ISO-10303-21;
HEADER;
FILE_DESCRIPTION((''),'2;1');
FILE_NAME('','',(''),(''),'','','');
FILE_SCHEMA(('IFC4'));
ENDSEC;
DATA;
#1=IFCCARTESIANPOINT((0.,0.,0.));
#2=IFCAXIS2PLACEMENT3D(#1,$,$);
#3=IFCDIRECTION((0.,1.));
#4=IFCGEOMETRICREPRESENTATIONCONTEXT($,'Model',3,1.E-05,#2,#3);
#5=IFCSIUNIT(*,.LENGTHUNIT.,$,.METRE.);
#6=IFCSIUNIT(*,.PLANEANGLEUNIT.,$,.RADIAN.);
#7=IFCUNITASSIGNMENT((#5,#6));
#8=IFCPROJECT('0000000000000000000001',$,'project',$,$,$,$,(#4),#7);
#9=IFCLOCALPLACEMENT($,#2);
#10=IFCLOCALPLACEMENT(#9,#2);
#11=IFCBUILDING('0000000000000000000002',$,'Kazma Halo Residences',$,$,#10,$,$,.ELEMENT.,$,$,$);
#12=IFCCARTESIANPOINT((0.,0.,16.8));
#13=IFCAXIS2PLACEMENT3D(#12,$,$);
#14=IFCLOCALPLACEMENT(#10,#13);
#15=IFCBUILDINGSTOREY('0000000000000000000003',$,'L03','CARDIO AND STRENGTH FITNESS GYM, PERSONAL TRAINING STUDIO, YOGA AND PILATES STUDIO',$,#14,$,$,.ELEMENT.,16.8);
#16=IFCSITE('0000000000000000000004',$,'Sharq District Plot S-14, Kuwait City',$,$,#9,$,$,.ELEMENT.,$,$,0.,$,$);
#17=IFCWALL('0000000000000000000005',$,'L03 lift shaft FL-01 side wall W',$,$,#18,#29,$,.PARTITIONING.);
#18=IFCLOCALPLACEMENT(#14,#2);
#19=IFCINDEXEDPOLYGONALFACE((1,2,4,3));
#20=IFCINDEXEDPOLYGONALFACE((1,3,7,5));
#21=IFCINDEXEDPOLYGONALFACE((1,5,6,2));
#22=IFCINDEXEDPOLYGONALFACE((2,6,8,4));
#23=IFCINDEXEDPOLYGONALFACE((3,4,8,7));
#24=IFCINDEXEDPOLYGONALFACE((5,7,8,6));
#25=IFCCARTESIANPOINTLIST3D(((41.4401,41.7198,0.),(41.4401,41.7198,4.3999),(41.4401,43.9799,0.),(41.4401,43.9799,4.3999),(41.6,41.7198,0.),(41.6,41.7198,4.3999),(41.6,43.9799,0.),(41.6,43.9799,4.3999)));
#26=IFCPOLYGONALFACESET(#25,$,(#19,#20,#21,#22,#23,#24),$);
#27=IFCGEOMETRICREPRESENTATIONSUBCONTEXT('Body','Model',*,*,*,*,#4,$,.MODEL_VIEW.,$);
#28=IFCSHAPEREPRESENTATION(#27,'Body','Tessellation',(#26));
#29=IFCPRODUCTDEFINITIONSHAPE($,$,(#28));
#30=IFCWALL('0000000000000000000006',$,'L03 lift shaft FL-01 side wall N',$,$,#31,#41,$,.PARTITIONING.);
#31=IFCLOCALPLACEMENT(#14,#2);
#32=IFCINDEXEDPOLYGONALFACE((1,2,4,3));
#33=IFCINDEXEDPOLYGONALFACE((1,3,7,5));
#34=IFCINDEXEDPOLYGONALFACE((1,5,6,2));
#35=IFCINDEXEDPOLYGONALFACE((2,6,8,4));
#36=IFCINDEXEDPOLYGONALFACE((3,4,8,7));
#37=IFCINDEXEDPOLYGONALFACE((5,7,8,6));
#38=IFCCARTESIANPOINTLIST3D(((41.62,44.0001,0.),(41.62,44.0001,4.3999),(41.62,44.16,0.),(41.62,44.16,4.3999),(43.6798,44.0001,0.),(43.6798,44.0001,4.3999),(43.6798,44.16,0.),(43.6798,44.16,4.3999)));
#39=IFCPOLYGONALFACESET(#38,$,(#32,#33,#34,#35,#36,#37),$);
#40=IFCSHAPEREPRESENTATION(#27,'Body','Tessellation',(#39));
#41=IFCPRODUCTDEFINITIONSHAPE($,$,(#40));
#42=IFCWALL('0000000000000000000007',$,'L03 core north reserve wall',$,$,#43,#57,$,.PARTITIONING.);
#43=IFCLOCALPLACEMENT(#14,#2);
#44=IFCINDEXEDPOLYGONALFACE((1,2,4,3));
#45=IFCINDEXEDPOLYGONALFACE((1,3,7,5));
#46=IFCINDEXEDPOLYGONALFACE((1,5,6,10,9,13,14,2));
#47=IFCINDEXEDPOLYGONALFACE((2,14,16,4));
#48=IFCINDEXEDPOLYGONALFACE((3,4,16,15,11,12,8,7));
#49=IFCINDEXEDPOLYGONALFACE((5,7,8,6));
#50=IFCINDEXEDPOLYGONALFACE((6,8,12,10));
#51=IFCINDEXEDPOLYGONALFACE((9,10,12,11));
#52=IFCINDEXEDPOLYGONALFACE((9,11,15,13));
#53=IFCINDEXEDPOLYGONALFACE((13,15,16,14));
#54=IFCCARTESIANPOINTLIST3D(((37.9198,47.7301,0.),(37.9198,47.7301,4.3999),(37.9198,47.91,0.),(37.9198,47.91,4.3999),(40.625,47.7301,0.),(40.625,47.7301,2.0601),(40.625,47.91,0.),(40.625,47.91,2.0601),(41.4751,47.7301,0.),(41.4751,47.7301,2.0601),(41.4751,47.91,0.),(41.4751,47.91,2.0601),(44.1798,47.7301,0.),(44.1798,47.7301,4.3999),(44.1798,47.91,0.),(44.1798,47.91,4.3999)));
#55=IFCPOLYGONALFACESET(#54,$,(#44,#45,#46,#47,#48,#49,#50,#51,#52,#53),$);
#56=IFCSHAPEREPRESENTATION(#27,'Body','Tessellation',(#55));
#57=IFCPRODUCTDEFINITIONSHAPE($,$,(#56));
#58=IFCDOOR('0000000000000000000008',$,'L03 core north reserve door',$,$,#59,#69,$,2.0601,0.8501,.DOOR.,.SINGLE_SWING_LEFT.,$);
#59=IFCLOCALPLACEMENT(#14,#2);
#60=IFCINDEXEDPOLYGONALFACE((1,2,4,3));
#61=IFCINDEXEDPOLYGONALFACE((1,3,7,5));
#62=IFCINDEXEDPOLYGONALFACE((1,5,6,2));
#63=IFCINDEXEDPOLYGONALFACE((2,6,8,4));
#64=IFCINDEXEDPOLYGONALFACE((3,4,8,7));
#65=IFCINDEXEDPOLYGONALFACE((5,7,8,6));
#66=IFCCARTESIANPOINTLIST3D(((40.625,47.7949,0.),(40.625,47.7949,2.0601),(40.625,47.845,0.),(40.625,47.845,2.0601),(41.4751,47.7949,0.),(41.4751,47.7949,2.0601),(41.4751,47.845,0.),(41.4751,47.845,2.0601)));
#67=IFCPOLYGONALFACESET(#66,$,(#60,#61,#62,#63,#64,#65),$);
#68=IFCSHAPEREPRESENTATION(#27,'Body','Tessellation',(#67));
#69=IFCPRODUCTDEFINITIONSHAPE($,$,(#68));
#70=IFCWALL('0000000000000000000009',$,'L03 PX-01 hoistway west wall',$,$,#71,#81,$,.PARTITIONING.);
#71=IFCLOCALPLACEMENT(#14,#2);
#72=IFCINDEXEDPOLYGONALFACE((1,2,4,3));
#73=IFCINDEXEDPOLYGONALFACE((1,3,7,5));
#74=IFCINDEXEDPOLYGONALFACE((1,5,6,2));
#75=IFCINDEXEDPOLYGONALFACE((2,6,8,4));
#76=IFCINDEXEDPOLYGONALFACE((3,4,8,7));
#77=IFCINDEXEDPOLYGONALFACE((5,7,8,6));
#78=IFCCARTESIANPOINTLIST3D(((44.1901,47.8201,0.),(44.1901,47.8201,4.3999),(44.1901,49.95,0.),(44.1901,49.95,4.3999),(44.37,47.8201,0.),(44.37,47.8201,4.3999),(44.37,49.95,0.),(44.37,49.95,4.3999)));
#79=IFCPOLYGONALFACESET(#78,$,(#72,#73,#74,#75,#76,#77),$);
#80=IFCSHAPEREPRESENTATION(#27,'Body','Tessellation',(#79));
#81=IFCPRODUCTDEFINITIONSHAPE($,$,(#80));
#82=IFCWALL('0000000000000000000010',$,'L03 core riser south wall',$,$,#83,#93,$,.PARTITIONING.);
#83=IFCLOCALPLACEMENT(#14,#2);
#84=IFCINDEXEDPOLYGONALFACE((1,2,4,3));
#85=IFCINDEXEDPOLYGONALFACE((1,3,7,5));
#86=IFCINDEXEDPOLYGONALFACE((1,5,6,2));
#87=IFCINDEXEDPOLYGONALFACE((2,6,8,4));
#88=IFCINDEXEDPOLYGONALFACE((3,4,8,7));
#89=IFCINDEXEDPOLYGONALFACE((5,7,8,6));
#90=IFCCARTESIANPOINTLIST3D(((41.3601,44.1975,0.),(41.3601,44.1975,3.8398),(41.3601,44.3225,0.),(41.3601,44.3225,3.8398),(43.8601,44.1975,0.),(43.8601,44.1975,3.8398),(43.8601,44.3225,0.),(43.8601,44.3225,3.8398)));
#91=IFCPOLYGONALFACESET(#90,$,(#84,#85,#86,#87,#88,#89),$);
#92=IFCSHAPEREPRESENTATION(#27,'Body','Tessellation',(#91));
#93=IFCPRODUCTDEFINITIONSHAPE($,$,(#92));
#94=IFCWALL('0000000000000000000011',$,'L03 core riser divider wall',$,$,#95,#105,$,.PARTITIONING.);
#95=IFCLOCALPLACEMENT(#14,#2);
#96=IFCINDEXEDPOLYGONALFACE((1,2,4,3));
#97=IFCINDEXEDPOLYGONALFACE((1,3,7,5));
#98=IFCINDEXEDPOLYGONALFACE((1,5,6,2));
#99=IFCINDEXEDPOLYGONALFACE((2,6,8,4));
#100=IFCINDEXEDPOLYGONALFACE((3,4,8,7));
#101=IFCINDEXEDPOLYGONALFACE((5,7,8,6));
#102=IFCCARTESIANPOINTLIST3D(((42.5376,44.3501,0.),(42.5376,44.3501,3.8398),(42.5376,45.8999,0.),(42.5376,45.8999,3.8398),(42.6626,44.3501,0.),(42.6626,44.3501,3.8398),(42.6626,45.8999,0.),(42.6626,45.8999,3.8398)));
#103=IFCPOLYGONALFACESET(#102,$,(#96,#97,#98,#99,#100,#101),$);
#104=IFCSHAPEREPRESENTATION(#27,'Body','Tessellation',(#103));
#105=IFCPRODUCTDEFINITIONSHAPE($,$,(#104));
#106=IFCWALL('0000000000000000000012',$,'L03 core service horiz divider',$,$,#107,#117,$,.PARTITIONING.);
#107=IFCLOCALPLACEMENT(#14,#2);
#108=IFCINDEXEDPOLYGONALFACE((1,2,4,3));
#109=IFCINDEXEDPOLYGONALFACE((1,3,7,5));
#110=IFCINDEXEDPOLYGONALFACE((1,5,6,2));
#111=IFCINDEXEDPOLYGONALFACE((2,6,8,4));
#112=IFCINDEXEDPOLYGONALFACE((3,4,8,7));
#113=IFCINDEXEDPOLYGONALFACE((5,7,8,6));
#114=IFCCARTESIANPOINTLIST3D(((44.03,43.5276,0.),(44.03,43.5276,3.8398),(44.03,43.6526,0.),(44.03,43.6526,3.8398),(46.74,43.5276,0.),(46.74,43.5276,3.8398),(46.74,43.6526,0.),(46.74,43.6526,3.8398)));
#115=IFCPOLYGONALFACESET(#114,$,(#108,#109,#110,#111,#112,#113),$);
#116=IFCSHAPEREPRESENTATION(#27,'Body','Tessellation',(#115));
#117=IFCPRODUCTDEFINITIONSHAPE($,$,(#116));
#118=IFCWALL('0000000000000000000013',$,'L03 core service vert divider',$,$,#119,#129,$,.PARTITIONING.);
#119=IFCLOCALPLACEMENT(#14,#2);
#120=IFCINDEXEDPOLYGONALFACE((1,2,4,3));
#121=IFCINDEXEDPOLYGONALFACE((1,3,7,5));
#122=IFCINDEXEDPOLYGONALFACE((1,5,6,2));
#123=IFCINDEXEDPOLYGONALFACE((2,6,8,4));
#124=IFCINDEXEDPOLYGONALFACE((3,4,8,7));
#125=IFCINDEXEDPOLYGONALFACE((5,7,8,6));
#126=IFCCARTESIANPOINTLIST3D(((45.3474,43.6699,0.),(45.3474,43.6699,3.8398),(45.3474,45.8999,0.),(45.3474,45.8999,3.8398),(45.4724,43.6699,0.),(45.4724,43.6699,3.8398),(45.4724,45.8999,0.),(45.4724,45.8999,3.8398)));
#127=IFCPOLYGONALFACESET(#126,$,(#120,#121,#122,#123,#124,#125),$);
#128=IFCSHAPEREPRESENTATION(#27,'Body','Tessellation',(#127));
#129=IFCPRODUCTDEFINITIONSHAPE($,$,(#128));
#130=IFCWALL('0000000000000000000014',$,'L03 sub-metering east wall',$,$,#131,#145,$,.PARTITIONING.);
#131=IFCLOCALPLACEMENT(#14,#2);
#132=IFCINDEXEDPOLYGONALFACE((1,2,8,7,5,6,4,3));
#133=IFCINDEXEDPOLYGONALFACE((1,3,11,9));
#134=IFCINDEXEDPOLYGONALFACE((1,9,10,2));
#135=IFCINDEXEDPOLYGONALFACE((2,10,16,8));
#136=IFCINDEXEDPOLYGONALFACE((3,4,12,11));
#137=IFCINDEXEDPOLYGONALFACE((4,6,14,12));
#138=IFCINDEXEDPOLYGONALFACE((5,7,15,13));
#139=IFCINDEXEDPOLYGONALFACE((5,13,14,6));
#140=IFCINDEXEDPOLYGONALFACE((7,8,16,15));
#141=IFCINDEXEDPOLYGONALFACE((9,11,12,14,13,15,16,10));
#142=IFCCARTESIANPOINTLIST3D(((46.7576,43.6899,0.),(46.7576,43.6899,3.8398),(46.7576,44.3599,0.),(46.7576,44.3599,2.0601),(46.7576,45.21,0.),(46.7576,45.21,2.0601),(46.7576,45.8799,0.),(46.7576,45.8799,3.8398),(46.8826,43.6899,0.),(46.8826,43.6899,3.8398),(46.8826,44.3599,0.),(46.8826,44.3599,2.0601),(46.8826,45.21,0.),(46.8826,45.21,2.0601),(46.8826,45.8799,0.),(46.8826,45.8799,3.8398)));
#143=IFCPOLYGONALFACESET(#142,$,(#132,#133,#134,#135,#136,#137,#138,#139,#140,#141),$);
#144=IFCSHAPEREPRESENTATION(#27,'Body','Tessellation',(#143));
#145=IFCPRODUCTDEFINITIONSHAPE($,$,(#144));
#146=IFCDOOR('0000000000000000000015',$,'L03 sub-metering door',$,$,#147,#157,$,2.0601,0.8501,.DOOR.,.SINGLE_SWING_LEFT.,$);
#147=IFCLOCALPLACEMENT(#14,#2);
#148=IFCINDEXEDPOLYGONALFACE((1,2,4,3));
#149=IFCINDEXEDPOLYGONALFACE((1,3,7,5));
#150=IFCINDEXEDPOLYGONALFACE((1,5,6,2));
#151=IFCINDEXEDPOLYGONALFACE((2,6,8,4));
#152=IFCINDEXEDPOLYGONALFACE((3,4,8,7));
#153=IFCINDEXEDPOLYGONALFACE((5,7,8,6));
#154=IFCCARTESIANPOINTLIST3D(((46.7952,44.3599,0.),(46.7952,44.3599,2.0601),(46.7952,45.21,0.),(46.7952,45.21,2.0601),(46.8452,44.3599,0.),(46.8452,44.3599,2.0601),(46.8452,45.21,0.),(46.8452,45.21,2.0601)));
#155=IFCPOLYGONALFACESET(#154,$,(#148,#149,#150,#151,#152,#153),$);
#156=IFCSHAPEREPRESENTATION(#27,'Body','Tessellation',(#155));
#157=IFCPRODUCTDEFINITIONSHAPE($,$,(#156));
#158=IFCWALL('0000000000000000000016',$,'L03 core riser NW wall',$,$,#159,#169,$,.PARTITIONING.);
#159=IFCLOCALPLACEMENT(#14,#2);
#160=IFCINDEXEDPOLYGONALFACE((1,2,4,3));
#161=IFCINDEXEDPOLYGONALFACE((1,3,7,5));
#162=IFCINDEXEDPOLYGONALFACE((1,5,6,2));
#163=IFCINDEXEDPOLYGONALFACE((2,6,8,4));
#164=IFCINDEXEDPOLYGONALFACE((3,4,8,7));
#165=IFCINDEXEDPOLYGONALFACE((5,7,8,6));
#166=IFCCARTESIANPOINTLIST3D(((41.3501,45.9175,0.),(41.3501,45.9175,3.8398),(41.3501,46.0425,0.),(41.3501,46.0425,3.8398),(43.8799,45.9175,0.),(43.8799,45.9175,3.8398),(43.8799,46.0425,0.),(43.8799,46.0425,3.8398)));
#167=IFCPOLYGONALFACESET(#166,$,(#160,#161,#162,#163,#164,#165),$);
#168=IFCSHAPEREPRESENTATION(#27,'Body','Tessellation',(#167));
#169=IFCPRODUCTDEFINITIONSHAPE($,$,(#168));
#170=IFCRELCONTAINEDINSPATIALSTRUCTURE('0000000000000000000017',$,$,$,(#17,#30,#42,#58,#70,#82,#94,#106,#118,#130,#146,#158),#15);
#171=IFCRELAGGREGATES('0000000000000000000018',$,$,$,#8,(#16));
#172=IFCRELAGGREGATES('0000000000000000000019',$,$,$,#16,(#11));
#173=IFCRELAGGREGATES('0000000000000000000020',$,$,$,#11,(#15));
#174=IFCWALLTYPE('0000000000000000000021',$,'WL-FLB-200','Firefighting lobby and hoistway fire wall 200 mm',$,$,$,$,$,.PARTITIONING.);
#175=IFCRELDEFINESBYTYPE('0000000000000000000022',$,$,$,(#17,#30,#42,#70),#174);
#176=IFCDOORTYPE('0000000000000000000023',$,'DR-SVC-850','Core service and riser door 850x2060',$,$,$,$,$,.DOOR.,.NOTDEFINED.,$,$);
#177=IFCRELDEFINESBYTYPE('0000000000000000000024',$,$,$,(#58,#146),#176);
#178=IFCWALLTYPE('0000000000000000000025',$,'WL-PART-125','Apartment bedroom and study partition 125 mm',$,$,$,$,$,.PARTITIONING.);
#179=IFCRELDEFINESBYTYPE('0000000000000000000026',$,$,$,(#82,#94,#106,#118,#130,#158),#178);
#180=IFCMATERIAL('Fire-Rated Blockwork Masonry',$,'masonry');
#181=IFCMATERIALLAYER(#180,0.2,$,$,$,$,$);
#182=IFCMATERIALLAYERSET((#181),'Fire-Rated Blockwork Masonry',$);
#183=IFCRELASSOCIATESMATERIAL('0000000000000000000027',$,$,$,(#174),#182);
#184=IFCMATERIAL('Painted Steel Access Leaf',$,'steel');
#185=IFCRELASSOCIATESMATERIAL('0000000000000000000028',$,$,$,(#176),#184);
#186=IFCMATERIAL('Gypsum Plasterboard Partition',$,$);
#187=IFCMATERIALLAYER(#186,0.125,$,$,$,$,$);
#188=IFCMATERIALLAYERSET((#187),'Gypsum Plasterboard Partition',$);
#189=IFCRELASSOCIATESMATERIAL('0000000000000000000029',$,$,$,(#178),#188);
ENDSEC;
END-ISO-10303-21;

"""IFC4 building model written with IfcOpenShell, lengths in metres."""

from ifc_helpers import new_model, si_unit, direction, frame, frame_2d, origin, place, context, subcontext, project, spatial, rectangle, extrude, material, layer, layer_set, type_object, element, fill, save


model = new_model("IFC4")

# Units and contexts
model_context = context("Model", 3, precision=1e-05, world=origin(), true_north=direction((0.0, 1.0)))
body_context = subcontext(model_context, "Body", "Model", "MODEL_VIEW")
ifc_project = project(units=[si_unit("LENGTHUNIT", "METRE"), si_unit("PLANEANGLEUNIT", "RADIAN")], contexts=[model_context])

# Site, building, storey
site_placement = place(None, origin())
site = spatial("IfcSite", under=ifc_project, at=site_placement, Name="Sharq District Plot S-14, Kuwait City", CompositionType="ELEMENT", RefElevation=0.0)
building_placement = place(site_placement, origin())
building = spatial("IfcBuilding", under=site, at=building_placement, Name="Kazma Halo Residences", CompositionType="ELEMENT")
storey_placement = place(building_placement, frame((0.0, 0.0, 16.8)))
storey = spatial("IfcBuildingStorey", under=building, at=storey_placement, Name="L03", Description="CARDIO AND STRENGTH FITNESS GYM, PERSONAL TRAINING STUDIO, YOGA AND PILATES STUDIO", CompositionType="ELEMENT", Elevation=16.8)

# Walls
ifc_material_1 = material(Name="Fire-Rated Blockwork Masonry", Category="masonry")
ifc_layer_1 = layer(ifc_material_1, 0.2)
ifc_layer_set_1 = layer_set([ifc_layer_1], Name="Fire-Rated Blockwork Masonry")
wall_type_1 = type_object("IfcWallType", Name="WL-FLB-200", Description="Firefighting lobby and hoistway fire wall 200 mm", PredefinedType="PARTITIONING", material=ifc_layer_set_1)
for number, where, z_axis, x_axis, name in (
    (1, (41.52, 41.72, 0.0), (0.0, 0.0, 1.0), (0.0, 1.0, 0.0), "L03 lift shaft FL-01 side wall W"),
):
    element("IfcWall", number, at=place(storey_placement, frame(where, z_axis=z_axis, x_axis=x_axis)), inside=storey, type_object=wall_type_1, Name=name, PredefinedType="PARTITIONING", context=body_context, shape_type="SweptSolid", body=[
        extrude(rectangle(XDim=2.26, YDim=0.1599, at=frame_2d((1.1299, 0.0))), origin(), (0.0, 0.0, 1.0), 4.3999),
    ])
wall_1_placement = place(storey_placement, frame((41.6201, 44.0801, 0.0), z_axis=(0.0, 0.0, 1.0), x_axis=(1.0, 0.0, 0.0)))
element("IfcWall", 2, at=wall_1_placement, inside=storey, type_object=wall_type_1, Name="L03 lift shaft FL-01 side wall N", PredefinedType="PARTITIONING", context=body_context, shape_type="SweptSolid", body=[
    extrude(rectangle(XDim=2.0598, YDim=0.1599, at=frame_2d((1.0298, 0.0))), origin(), (0.0, 0.0, 1.0), 4.3999),
])

# Wall, opening, door
wall_2_placement = place(storey_placement, frame((37.9199, 47.8201, 0.0), z_axis=(0.0, 0.0, 1.0), x_axis=(1.0, 0.0, 0.0)))
wall_2 = element("IfcWall", 3, at=wall_2_placement, inside=storey, type_object=wall_type_1, Name="L03 core north reserve wall", PredefinedType="PARTITIONING", context=body_context, shape_type="SweptSolid", body=[
    extrude(rectangle(XDim=6.26, YDim=0.1799, at=frame_2d((3.1299, 0.0))), origin(), (0.0, 0.0, 1.0), 4.3999),
])
opening_1_placement = place(wall_2_placement, frame((2.7051, 0.0, 0.0)))
opening_1 = element("IfcOpeningElement", 4, at=opening_1_placement, cuts=wall_2, PredefinedType="OPENING", context=body_context, shape_type="SweptSolid", body=[
    extrude(rectangle(XDim=0.8501, YDim=2.0601, at=frame_2d((0.425, 1.03))), frame((0.0, 0.0999, 0.0), z_axis=(0.0, -1.0, 0.0), x_axis=(1.0, 0.0, 0.0)), (0.0, 0.0, 1.0), 0.2),
])
ifc_material_2 = material(Name="Painted Steel Access Leaf", Category="steel")
door_type = type_object("IfcDoorType", Name="DR-SVC-850", Description="Core service and riser door 850x2060", OperationType="NOTDEFINED", PredefinedType="DOOR", material=ifc_material_2)
door_1_placement = place(opening_1_placement, origin())
door_1 = element("IfcDoor", 5, at=door_1_placement, inside=storey, type_object=door_type, Name="L03 core north reserve door", OperationType="SINGLE_SWING_LEFT", OverallHeight=2.0601, OverallWidth=0.8501, PredefinedType="DOOR", context=body_context, shape_type="SweptSolid", body=[
    extrude(rectangle(XDim=0.8501, YDim=2.0601, at=frame_2d((0.425, 1.03))), frame((0.0, 0.0249, 0.0), z_axis=(0.0, -1.0, 0.0), x_axis=(1.0, 0.0, 0.0)), (0.0, 0.0, 1.0), 0.05),
])
fill(opening_1, door_1)

# Walls
wall_3_placement = place(storey_placement, frame((44.28, 47.8201, 0.0), z_axis=(0.0, 0.0, 1.0), x_axis=(0.0, 1.0, 0.0)))
element("IfcWall", 6, at=wall_3_placement, inside=storey, type_object=wall_type_1, Name="L03 PX-01 hoistway west wall", PredefinedType="PARTITIONING", context=body_context, shape_type="SweptSolid", body=[
    extrude(rectangle(XDim=2.1299, YDim=0.1799, at=frame_2d((1.0649, 0.0))), origin(), (0.0, 0.0, 1.0), 4.3999),
])
ifc_material_3 = material(Name="Gypsum Plasterboard Partition")
ifc_layer_2 = layer(ifc_material_3, 0.125)
ifc_layer_set_2 = layer_set([ifc_layer_2], Name="Gypsum Plasterboard Partition")
wall_type_2 = type_object("IfcWallType", Name="WL-PART-125", Description="Apartment bedroom and study partition 125 mm", PredefinedType="PARTITIONING", material=ifc_layer_set_2)
wall_4_placement = place(storey_placement, frame((41.3601, 44.26, 0.0), z_axis=(0.0, 0.0, 1.0), x_axis=(1.0, 0.0, 0.0)))
element("IfcWall", 7, at=wall_4_placement, inside=storey, type_object=wall_type_2, Name="L03 core riser south wall", PredefinedType="PARTITIONING", context=body_context, shape_type="SweptSolid", body=[
    extrude(rectangle(XDim=2.5, YDim=0.125, at=frame_2d((1.25, 0.0))), origin(), (0.0, 0.0, 1.0), 3.8398),
])
wall_5_placement = place(storey_placement, frame((42.6001, 44.3501, 0.0), z_axis=(0.0, 0.0, 1.0), x_axis=(0.0, 1.0, 0.0)))
element("IfcWall", 8, at=wall_5_placement, inside=storey, type_object=wall_type_2, Name="L03 core riser divider wall", PredefinedType="PARTITIONING", context=body_context, shape_type="SweptSolid", body=[
    extrude(rectangle(XDim=1.5498, YDim=0.125, at=frame_2d((0.7749, 0.0))), origin(), (0.0, 0.0, 1.0), 3.8398),
])
wall_6_placement = place(storey_placement, frame((44.03, 43.5901, 0.0), z_axis=(0.0, 0.0, 1.0), x_axis=(1.0, 0.0, 0.0)))
element("IfcWall", 9, at=wall_6_placement, inside=storey, type_object=wall_type_2, Name="L03 core service horiz divider", PredefinedType="PARTITIONING", context=body_context, shape_type="SweptSolid", body=[
    extrude(rectangle(XDim=2.71, YDim=0.125, at=frame_2d((1.355, 0.0))), origin(), (0.0, 0.0, 1.0), 3.8398),
])
wall_7_placement = place(storey_placement, frame((45.4099, 43.6699, 0.0), z_axis=(0.0, 0.0, 1.0), x_axis=(0.0, 1.0, 0.0)))
element("IfcWall", 10, at=wall_7_placement, inside=storey, type_object=wall_type_2, Name="L03 core service vert divider", PredefinedType="PARTITIONING", context=body_context, shape_type="SweptSolid", body=[
    extrude(rectangle(XDim=2.23, YDim=0.125, at=frame_2d((1.115, 0.0))), origin(), (0.0, 0.0, 1.0), 3.8398),
])

# Wall, opening, door
wall_8_placement = place(storey_placement, frame((46.8201, 43.6899, 0.0), z_axis=(0.0, 0.0, 1.0), x_axis=(0.0, 1.0, 0.0)))
wall_8 = element("IfcWall", 11, at=wall_8_placement, inside=storey, type_object=wall_type_2, Name="L03 sub-metering east wall", PredefinedType="PARTITIONING", context=body_context, shape_type="SweptSolid", body=[
    extrude(rectangle(XDim=2.1899, YDim=0.125, at=frame_2d((1.095, 0.0))), origin(), (0.0, 0.0, 1.0), 3.8398),
])
opening_2_placement = place(wall_8_placement, frame((0.6699, 0.0, 0.0)))
opening_2 = element("IfcOpeningElement", 12, at=opening_2_placement, cuts=wall_8, PredefinedType="OPENING", context=body_context, shape_type="SweptSolid", body=[
    extrude(rectangle(XDim=0.8501, YDim=2.0601, at=frame_2d((0.425, 1.03))), frame((0.0, 0.0725, 0.0), z_axis=(0.0, -1.0, 0.0), x_axis=(1.0, 0.0, 0.0)), (0.0, 0.0, 1.0), 0.145),
])
door_2_placement = place(opening_2_placement, origin())
door_2 = element("IfcDoor", 13, at=door_2_placement, inside=storey, type_object=door_type, Name="L03 sub-metering door", OperationType="SINGLE_SWING_LEFT", OverallHeight=2.0601, OverallWidth=0.8501, PredefinedType="DOOR", context=body_context, shape_type="SweptSolid", body=[
    extrude(rectangle(XDim=0.8501, YDim=2.0601, at=frame_2d((0.425, 1.03))), frame((0.0, 0.0249, 0.0), z_axis=(0.0, -1.0, 0.0), x_axis=(1.0, 0.0, 0.0)), (0.0, 0.0, 1.0), 0.05),
])
fill(opening_2, door_2)

# Wall
wall_9_placement = place(storey_placement, frame((41.3501, 45.98, 0.0), z_axis=(0.0, 0.0, 1.0), x_axis=(1.0, 0.0, 0.0)))
element("IfcWall", 14, at=wall_9_placement, inside=storey, type_object=wall_type_2, Name="L03 core riser NW wall", PredefinedType="PARTITIONING", context=body_context, shape_type="SweptSolid", body=[
    extrude(rectangle(XDim=2.5298, YDim=0.125, at=frame_2d((1.2649, 0.0))), origin(), (0.0, 0.0, 1.0), 3.8398),
])

save(model, "model.ifc")
